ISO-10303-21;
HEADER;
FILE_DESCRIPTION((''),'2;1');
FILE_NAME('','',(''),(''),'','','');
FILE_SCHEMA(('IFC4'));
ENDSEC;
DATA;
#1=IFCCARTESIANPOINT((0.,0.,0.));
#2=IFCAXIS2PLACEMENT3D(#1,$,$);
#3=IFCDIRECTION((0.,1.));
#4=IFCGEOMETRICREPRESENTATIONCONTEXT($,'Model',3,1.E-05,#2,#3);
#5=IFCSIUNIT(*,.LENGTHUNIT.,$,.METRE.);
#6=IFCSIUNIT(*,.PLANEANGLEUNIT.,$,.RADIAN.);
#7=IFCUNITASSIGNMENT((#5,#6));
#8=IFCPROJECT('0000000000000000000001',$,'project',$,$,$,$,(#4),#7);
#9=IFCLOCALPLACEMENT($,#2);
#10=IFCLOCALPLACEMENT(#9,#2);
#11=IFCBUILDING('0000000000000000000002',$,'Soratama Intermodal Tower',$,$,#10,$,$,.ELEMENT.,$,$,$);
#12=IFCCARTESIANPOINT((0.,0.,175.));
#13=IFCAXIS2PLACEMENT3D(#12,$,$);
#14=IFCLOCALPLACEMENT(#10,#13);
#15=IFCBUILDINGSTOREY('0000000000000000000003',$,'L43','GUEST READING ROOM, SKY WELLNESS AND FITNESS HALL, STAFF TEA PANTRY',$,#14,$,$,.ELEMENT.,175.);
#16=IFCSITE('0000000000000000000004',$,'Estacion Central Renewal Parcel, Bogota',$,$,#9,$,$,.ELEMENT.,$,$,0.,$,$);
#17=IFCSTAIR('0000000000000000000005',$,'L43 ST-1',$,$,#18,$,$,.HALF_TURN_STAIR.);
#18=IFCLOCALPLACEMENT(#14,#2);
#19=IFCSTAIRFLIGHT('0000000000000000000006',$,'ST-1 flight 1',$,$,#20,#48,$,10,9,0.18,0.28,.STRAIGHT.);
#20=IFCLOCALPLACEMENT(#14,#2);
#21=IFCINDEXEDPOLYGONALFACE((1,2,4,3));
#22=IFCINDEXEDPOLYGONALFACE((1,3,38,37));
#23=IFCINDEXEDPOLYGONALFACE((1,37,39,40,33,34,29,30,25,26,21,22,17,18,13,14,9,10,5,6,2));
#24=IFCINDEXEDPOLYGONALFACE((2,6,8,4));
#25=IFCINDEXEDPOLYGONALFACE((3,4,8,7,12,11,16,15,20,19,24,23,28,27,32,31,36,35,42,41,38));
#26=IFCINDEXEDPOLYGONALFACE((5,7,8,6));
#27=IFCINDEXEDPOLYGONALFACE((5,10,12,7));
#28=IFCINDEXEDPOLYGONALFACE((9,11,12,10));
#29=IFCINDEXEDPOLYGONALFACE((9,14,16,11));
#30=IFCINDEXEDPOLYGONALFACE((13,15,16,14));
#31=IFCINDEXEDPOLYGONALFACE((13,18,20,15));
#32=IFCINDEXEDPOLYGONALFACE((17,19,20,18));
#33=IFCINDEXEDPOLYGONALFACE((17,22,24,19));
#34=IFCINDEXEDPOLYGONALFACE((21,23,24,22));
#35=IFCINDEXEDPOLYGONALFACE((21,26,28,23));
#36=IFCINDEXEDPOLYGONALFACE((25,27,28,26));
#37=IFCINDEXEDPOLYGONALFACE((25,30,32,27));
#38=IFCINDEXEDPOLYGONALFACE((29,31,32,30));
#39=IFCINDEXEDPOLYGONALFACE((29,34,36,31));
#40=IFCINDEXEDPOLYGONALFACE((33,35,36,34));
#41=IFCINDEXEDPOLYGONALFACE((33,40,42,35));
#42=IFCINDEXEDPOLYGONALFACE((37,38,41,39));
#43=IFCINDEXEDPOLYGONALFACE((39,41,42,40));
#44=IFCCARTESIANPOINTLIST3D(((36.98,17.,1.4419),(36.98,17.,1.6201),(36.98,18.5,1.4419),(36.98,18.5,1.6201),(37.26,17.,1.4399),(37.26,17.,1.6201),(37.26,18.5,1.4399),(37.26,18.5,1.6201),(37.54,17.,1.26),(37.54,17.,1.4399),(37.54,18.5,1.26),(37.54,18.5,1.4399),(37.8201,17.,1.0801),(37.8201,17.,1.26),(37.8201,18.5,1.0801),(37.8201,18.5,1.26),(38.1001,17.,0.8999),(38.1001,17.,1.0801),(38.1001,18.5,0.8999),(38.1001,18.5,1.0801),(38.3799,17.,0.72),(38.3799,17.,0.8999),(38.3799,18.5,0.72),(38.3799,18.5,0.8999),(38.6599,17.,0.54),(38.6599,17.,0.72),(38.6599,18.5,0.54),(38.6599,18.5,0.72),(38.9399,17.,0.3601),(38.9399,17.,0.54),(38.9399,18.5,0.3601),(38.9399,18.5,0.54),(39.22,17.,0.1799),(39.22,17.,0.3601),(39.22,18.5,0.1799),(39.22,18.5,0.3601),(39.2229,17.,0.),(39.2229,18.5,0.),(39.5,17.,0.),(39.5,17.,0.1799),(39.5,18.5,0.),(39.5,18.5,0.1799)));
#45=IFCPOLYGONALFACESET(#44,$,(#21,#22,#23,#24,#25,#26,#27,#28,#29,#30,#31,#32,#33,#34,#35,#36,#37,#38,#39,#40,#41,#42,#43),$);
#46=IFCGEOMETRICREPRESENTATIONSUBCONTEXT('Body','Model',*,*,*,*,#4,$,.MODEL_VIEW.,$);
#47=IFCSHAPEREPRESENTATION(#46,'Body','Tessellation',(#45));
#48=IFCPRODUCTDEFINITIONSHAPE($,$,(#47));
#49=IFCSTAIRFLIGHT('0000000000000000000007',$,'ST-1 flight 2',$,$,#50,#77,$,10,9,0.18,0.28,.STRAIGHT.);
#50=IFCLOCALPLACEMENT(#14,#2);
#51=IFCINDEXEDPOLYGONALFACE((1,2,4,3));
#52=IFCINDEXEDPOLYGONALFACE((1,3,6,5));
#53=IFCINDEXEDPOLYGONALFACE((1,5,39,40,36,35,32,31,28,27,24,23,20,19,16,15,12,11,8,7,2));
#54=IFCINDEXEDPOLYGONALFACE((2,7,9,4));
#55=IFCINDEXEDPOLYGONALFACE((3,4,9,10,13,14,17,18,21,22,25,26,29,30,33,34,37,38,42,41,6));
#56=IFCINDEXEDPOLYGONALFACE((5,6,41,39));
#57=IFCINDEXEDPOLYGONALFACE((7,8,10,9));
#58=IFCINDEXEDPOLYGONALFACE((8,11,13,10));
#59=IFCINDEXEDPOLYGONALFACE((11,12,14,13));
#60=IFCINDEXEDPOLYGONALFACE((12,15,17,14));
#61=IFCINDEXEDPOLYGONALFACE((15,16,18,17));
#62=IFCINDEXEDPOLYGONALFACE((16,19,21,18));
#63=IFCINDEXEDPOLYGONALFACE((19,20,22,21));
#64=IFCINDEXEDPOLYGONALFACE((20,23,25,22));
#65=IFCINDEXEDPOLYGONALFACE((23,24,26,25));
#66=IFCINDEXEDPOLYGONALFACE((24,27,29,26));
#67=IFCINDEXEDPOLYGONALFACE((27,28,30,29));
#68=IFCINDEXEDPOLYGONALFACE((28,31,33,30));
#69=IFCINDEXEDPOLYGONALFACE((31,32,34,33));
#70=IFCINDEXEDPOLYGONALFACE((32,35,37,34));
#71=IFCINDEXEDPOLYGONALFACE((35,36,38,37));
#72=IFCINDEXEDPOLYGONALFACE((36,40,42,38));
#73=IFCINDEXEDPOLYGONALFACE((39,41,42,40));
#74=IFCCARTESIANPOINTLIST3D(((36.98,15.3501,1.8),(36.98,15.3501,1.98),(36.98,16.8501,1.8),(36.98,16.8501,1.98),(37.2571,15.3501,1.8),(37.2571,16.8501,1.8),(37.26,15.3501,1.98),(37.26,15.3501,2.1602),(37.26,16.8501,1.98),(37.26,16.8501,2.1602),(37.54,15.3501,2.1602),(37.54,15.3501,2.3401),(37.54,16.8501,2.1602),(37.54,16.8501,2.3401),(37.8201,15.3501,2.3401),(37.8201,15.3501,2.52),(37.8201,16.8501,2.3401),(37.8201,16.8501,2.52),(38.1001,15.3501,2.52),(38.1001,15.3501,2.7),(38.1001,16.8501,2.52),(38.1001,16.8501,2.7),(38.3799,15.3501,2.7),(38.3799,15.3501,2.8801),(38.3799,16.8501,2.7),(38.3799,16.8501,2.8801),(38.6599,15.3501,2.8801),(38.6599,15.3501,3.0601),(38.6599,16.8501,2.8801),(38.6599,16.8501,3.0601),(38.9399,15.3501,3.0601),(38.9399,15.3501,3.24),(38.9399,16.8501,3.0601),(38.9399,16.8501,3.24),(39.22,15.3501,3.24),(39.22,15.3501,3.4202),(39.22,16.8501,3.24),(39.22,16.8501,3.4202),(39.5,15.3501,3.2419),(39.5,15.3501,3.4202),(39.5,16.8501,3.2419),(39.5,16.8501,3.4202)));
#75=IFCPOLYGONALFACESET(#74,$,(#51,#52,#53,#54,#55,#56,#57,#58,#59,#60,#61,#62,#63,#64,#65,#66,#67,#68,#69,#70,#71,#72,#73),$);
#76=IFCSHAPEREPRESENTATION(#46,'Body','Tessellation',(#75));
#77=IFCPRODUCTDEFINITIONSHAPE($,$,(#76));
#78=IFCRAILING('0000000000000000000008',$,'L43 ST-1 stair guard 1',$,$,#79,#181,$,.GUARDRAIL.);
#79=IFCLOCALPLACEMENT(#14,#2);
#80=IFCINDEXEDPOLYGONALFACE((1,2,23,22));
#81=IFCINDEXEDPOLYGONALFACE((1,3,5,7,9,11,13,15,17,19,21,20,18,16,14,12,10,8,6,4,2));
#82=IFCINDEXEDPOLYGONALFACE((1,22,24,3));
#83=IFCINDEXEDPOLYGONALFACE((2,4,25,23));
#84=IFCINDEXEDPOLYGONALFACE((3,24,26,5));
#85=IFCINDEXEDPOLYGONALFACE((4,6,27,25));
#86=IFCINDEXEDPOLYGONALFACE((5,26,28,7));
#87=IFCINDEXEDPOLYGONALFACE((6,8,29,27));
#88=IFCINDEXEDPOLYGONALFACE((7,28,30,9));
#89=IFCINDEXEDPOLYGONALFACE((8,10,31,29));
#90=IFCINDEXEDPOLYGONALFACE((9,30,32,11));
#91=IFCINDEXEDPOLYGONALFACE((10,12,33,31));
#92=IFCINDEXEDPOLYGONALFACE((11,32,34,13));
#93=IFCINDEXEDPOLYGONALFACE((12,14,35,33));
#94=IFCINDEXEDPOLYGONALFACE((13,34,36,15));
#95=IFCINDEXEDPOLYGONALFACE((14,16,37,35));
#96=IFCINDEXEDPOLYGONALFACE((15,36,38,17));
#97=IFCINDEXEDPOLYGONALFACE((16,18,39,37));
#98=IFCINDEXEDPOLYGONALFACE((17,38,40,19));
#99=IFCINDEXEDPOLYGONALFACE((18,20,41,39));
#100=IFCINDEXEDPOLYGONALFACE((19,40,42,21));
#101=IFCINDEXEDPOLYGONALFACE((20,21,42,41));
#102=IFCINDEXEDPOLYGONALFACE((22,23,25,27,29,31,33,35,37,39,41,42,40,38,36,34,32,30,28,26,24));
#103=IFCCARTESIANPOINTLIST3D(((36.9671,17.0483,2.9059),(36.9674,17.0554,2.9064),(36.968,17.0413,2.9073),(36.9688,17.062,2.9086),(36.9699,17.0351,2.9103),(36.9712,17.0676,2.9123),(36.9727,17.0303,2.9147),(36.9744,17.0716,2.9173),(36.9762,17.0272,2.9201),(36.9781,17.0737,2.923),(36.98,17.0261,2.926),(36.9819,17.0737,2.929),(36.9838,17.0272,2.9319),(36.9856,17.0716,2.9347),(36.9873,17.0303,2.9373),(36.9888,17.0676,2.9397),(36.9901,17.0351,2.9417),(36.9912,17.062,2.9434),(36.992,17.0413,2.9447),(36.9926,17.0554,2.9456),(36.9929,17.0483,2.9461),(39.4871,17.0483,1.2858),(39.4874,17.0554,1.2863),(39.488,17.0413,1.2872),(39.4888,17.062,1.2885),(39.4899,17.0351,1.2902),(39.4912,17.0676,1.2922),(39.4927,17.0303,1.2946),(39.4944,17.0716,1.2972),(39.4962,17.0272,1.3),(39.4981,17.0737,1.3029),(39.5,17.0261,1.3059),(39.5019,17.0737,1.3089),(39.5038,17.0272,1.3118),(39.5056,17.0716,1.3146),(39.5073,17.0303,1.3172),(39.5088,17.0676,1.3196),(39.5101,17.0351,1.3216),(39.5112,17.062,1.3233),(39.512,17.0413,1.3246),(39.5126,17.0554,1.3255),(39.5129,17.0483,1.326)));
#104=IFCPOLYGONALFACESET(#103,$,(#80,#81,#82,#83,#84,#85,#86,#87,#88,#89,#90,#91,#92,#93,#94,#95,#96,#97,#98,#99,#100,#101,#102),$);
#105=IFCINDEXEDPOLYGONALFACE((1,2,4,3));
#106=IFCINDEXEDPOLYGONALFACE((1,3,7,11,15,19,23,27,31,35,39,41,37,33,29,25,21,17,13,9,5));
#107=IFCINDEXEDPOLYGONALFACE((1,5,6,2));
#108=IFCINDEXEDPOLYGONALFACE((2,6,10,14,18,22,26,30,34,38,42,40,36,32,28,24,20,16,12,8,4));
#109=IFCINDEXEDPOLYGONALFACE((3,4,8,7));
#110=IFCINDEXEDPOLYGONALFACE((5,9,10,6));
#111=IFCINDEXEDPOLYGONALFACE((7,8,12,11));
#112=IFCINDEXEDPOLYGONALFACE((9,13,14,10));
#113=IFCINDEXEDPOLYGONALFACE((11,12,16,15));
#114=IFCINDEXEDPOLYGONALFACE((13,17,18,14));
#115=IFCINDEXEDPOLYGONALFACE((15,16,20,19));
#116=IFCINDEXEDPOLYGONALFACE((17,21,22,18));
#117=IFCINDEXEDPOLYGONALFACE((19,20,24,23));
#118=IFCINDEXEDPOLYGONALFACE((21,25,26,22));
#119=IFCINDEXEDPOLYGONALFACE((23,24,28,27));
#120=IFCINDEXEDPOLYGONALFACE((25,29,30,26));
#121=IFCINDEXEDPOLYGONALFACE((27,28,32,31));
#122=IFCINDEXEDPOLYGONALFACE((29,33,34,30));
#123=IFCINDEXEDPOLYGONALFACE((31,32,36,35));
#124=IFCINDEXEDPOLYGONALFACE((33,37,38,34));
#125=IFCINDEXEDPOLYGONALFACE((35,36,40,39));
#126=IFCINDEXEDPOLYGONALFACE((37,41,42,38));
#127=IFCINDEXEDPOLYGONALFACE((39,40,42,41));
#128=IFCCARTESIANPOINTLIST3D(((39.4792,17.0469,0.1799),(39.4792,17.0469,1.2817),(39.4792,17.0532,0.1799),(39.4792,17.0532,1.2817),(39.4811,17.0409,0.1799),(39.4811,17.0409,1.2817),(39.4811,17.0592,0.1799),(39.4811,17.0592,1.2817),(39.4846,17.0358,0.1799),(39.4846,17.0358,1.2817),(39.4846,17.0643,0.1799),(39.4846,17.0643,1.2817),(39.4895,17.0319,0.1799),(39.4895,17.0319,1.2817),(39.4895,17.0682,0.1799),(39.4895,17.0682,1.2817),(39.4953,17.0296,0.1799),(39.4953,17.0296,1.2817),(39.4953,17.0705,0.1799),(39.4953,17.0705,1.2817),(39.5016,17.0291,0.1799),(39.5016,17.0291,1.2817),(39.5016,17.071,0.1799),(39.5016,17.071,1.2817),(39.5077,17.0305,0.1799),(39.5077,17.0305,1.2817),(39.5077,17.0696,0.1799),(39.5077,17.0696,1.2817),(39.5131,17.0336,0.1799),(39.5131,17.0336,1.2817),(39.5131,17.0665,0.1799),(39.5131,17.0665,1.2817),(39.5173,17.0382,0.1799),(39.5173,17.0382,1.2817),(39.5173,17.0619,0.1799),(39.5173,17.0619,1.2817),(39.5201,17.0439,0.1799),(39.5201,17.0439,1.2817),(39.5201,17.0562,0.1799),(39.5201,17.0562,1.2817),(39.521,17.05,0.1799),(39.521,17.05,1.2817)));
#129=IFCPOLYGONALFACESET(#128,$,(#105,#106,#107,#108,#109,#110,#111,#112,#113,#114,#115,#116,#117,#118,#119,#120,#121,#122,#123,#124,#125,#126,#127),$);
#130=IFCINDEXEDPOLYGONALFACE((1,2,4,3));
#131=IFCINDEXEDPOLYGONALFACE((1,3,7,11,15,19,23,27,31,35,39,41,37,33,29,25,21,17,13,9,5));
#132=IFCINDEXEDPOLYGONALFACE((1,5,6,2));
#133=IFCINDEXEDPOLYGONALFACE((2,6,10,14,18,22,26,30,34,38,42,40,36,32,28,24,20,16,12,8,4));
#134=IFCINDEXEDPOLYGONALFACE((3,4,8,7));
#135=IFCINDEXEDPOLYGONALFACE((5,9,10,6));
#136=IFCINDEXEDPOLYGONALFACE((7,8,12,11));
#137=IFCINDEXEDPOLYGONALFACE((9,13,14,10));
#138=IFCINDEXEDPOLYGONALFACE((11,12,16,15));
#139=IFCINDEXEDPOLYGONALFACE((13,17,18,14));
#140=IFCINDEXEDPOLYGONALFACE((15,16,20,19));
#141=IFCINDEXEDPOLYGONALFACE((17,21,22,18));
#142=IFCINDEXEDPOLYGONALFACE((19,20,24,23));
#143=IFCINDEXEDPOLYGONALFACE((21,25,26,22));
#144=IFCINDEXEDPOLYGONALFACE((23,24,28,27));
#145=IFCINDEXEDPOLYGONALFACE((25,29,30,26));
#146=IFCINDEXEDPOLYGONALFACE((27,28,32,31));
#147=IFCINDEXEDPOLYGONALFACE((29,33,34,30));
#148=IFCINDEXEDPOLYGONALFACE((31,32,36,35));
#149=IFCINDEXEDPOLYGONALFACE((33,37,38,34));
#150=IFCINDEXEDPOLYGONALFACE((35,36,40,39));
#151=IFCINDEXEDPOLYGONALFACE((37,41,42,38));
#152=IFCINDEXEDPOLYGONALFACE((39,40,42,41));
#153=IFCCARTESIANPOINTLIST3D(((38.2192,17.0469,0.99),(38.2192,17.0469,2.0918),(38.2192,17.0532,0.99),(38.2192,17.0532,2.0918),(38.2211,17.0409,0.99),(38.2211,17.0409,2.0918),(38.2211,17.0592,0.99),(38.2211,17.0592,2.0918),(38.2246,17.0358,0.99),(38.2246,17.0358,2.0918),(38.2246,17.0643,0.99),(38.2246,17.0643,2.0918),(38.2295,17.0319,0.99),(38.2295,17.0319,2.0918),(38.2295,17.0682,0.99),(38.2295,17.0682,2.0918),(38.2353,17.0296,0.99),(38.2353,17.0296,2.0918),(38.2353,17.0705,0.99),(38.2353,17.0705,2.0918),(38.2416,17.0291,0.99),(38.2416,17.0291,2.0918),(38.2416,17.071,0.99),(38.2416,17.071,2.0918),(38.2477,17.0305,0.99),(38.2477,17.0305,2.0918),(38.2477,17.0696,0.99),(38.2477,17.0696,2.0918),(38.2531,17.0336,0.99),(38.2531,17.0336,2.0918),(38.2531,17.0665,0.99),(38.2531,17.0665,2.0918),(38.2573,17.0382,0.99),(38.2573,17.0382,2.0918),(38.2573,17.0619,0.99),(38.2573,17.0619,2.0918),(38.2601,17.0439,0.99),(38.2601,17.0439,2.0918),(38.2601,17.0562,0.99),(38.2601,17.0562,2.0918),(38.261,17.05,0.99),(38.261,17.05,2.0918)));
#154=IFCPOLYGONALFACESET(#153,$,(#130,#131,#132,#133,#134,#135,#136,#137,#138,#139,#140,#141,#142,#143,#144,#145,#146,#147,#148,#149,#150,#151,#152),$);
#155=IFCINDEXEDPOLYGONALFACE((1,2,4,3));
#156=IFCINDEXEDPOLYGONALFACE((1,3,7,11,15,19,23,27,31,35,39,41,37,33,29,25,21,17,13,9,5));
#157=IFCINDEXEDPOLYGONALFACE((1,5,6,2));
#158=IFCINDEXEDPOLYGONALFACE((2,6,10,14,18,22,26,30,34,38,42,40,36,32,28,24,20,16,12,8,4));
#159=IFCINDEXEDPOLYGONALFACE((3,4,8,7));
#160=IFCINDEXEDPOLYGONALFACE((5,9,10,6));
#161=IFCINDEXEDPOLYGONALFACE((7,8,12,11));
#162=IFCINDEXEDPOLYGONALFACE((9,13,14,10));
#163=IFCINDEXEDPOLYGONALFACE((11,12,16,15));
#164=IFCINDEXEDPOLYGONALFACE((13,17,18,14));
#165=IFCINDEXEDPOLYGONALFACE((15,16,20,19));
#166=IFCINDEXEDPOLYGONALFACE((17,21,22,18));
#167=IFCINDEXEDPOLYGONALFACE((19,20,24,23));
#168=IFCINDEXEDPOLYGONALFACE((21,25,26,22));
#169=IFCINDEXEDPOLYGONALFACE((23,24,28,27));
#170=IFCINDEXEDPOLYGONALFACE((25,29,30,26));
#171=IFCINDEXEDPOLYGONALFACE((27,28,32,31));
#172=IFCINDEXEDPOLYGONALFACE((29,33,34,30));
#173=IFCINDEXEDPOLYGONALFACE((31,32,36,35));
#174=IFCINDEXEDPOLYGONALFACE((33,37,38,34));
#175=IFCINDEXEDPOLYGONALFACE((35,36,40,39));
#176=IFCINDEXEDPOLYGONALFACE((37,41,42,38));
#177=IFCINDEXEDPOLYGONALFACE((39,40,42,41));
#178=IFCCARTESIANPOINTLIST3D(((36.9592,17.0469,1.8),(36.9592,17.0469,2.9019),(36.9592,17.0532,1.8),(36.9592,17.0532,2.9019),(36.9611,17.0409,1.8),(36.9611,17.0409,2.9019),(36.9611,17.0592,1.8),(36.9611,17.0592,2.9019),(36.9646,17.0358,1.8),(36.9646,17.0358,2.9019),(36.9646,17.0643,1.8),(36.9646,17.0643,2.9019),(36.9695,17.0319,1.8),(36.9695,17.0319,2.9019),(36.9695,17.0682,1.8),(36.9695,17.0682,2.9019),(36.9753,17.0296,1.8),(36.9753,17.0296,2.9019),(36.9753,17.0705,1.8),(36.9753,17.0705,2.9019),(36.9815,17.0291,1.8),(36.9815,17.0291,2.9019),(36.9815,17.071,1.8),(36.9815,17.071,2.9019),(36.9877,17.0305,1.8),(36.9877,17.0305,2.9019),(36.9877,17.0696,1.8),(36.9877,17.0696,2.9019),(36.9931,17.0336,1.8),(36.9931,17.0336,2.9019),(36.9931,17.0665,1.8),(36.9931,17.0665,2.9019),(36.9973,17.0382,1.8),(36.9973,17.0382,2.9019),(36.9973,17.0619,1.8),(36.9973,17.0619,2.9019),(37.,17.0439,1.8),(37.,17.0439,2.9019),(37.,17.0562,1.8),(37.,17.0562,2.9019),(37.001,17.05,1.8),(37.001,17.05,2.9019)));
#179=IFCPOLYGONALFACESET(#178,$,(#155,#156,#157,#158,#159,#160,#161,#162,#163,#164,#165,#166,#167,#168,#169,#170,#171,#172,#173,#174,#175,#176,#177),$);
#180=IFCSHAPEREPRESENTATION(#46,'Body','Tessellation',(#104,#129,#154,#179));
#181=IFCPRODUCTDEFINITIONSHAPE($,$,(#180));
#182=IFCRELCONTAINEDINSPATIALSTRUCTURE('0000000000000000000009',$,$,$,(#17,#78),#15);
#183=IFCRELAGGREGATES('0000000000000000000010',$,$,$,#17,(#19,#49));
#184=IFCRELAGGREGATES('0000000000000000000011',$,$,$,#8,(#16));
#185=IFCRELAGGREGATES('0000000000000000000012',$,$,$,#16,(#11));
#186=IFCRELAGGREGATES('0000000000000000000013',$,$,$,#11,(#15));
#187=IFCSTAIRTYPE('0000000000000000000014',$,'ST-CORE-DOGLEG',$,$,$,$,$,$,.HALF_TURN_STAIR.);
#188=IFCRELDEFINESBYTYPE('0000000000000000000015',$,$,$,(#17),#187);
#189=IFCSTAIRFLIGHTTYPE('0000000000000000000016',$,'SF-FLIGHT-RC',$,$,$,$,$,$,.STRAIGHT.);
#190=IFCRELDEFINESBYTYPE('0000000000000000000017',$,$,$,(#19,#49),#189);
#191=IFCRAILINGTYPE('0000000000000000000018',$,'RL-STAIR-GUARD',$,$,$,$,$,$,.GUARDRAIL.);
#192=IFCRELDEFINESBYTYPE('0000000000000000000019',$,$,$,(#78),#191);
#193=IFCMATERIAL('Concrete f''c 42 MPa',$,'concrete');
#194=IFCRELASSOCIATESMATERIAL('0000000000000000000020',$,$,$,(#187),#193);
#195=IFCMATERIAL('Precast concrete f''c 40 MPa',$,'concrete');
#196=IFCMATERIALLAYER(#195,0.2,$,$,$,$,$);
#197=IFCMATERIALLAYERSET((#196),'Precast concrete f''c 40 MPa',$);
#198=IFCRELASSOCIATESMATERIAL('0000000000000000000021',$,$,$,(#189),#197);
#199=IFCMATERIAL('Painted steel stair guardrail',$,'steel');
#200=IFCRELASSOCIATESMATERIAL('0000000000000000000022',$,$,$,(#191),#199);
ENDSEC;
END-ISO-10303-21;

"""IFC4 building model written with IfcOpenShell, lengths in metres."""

from ifc_helpers import new_model, si_unit, direction, frame, origin, origin_2d, place, context, subcontext, project, spatial, polyline, circle, outline, extrude, material, layer, layer_set, type_object, element, aggregate, save


model = new_model("IFC4")

# Units and contexts
model_context = context("Model", 3, precision=1e-05, world=origin(), true_north=direction((0.0, 1.0)))
body_context = subcontext(model_context, "Body", "Model", "MODEL_VIEW")
ifc_project = project(units=[si_unit("LENGTHUNIT", "METRE"), si_unit("PLANEANGLEUNIT", "RADIAN")], contexts=[model_context])

# Site, building, storey
site_placement = place(None, origin())
site = spatial("IfcSite", under=ifc_project, at=site_placement, Name="Estacion Central Renewal Parcel, Bogota", CompositionType="ELEMENT", RefElevation=0.0)
building_placement = place(site_placement, origin())
building = spatial("IfcBuilding", under=site, at=building_placement, Name="Soratama Intermodal Tower", CompositionType="ELEMENT")
storey_placement = place(building_placement, frame((0.0, 0.0, 175.0)))
storey = spatial("IfcBuildingStorey", under=building, at=storey_placement, Name="L43", Description="GUEST READING ROOM, SKY WELLNESS AND FITNESS HALL, STAFF TEA PANTRY", CompositionType="ELEMENT", Elevation=175.0)

# Stair, stair flights
ifc_material_1 = material(Name="Concrete f'c 42 MPa", Category="concrete")
stair_type = type_object("IfcStairType", Name="ST-CORE-DOGLEG", PredefinedType="HALF_TURN_STAIR", material=ifc_material_1)
stair_placement = place(storey_placement, origin())
stair = element("IfcStair", 1, at=stair_placement, inside=storey, type_object=stair_type, Name="L43 ST-1", PredefinedType="HALF_TURN_STAIR")
ifc_material_2 = material(Name="Precast concrete f'c 40 MPa", Category="concrete")
ifc_layer_1 = layer(ifc_material_2, 0.2)
ifc_layer_set_1 = layer_set([ifc_layer_1], Name="Precast concrete f'c 40 MPa")
stair_flight_type = type_object("IfcStairFlightType", Name="SF-FLIGHT-RC", PredefinedType="STRAIGHT", material=ifc_layer_set_1)
stair_flight_1_placement = place(storey_placement, frame((39.5, 17.75, 0.0), z_axis=(0.0, 0.0, 1.0), x_axis=(-1.0, 0.0, 0.0)))
stair_flight_1 = element("IfcStairFlight", 2, at=stair_flight_1_placement, type_object=stair_flight_type, Name="ST-1 flight 1", NumberOfRisers=10, NumberOfTreads=9, PredefinedType="STRAIGHT", RiserHeight=0.18, TreadLength=0.28, context=body_context, shape_type="SweptSolid", body=[
    extrude(outline(polyline([(0.0, 0.0), (0.0, 0.1799), (0.28, 0.1799), (0.28, 0.3601), (0.5601, 0.3601), (0.5601, 0.54), (0.8401, 0.54), (0.8401, 0.72), (1.1201, 0.72), (1.1201, 0.8999), (1.3999, 0.8999), (1.3999, 1.0801), (1.6799, 1.0801), (1.6799, 1.26), (1.96, 1.26), (1.96, 1.4399), (2.24, 1.4399), (2.24, 1.6201), (2.52, 1.6201), (2.52, 1.8), (2.52, 1.4419), (0.2771, 0.0), (0.0, 0.0)])), frame((0.0, 0.75, 0.0), z_axis=(0.0, -1.0, 0.0), x_axis=(1.0, 0.0, 0.0)), (0.0, 0.0, 1.0), 1.5),
])
stair_flight_2_placement = place(storey_placement, frame((36.98, 16.1001, 1.8), z_axis=(0.0, 0.0, 1.0), x_axis=(1.0, 0.0, 0.0)))
stair_flight_2 = element("IfcStairFlight", 3, at=stair_flight_2_placement, type_object=stair_flight_type, Name="ST-1 flight 2", NumberOfRisers=10, NumberOfTreads=9, PredefinedType="STRAIGHT", RiserHeight=0.18, TreadLength=0.28, context=body_context, shape_type="SweptSolid", body=[
    extrude(outline(polyline([(0.0, 0.0), (0.0, 0.1799), (0.28, 0.1799), (0.28, 0.3601), (0.5601, 0.3601), (0.5601, 0.54), (0.8401, 0.54), (0.8401, 0.72), (1.1201, 0.72), (1.1201, 0.8999), (1.3999, 0.8999), (1.3999, 1.0801), (1.6799, 1.0801), (1.6799, 1.26), (1.96, 1.26), (1.96, 1.4399), (2.24, 1.4399), (2.24, 1.6201), (2.52, 1.6201), (2.52, 1.8), (2.52, 1.4419), (0.2771, 0.0), (0.0, 0.0)])), frame((0.0, 0.75, 0.0), z_axis=(0.0, -1.0, 0.0), x_axis=(1.0, 0.0, 0.0)), (0.0, 0.0, 1.0), 1.5),
])
aggregate(stair, [stair_flight_1, stair_flight_2])

# Railing
ifc_material_3 = material(Name="Painted steel stair guardrail", Category="steel")
railing_type_1 = type_object("IfcRailingType", Name="RL-STAIR-GUARD", PredefinedType="GUARDRAIL", material=ifc_material_3)
railing_1_placement = place(storey_placement, frame((39.5, 17.05, 0.1799)))
element("IfcRailing", 4, at=railing_1_placement, inside=storey, type_object=railing_type_1, Name="L43 ST-1 stair guard 1", PredefinedType="GUARDRAIL", context=body_context, shape_type="SweptSolid", body=[
    extrude(circle(Radius=0.0239, at=origin_2d()), frame((0.0, 0.0, 1.126), z_axis=(-0.841163, 0.0, 0.540782), x_axis=(0.0, -1.0, 0.0)), (0.0, 0.0, 1.0), 2.9958),
    extrude(circle(Radius=0.021, at=origin_2d()), origin(), (0.0, 0.0, 1.0), 1.1018),
    extrude(circle(Radius=0.021, at=origin_2d()), frame((-1.26, 0.0, 0.8101)), (0.0, 0.0, 1.0), 1.1018),
    extrude(circle(Radius=0.021, at=origin_2d()), frame((-2.52, 0.0, 1.6201)), (0.0, 0.0, 1.0), 1.1018),
])

save(model, "model.ifc")
